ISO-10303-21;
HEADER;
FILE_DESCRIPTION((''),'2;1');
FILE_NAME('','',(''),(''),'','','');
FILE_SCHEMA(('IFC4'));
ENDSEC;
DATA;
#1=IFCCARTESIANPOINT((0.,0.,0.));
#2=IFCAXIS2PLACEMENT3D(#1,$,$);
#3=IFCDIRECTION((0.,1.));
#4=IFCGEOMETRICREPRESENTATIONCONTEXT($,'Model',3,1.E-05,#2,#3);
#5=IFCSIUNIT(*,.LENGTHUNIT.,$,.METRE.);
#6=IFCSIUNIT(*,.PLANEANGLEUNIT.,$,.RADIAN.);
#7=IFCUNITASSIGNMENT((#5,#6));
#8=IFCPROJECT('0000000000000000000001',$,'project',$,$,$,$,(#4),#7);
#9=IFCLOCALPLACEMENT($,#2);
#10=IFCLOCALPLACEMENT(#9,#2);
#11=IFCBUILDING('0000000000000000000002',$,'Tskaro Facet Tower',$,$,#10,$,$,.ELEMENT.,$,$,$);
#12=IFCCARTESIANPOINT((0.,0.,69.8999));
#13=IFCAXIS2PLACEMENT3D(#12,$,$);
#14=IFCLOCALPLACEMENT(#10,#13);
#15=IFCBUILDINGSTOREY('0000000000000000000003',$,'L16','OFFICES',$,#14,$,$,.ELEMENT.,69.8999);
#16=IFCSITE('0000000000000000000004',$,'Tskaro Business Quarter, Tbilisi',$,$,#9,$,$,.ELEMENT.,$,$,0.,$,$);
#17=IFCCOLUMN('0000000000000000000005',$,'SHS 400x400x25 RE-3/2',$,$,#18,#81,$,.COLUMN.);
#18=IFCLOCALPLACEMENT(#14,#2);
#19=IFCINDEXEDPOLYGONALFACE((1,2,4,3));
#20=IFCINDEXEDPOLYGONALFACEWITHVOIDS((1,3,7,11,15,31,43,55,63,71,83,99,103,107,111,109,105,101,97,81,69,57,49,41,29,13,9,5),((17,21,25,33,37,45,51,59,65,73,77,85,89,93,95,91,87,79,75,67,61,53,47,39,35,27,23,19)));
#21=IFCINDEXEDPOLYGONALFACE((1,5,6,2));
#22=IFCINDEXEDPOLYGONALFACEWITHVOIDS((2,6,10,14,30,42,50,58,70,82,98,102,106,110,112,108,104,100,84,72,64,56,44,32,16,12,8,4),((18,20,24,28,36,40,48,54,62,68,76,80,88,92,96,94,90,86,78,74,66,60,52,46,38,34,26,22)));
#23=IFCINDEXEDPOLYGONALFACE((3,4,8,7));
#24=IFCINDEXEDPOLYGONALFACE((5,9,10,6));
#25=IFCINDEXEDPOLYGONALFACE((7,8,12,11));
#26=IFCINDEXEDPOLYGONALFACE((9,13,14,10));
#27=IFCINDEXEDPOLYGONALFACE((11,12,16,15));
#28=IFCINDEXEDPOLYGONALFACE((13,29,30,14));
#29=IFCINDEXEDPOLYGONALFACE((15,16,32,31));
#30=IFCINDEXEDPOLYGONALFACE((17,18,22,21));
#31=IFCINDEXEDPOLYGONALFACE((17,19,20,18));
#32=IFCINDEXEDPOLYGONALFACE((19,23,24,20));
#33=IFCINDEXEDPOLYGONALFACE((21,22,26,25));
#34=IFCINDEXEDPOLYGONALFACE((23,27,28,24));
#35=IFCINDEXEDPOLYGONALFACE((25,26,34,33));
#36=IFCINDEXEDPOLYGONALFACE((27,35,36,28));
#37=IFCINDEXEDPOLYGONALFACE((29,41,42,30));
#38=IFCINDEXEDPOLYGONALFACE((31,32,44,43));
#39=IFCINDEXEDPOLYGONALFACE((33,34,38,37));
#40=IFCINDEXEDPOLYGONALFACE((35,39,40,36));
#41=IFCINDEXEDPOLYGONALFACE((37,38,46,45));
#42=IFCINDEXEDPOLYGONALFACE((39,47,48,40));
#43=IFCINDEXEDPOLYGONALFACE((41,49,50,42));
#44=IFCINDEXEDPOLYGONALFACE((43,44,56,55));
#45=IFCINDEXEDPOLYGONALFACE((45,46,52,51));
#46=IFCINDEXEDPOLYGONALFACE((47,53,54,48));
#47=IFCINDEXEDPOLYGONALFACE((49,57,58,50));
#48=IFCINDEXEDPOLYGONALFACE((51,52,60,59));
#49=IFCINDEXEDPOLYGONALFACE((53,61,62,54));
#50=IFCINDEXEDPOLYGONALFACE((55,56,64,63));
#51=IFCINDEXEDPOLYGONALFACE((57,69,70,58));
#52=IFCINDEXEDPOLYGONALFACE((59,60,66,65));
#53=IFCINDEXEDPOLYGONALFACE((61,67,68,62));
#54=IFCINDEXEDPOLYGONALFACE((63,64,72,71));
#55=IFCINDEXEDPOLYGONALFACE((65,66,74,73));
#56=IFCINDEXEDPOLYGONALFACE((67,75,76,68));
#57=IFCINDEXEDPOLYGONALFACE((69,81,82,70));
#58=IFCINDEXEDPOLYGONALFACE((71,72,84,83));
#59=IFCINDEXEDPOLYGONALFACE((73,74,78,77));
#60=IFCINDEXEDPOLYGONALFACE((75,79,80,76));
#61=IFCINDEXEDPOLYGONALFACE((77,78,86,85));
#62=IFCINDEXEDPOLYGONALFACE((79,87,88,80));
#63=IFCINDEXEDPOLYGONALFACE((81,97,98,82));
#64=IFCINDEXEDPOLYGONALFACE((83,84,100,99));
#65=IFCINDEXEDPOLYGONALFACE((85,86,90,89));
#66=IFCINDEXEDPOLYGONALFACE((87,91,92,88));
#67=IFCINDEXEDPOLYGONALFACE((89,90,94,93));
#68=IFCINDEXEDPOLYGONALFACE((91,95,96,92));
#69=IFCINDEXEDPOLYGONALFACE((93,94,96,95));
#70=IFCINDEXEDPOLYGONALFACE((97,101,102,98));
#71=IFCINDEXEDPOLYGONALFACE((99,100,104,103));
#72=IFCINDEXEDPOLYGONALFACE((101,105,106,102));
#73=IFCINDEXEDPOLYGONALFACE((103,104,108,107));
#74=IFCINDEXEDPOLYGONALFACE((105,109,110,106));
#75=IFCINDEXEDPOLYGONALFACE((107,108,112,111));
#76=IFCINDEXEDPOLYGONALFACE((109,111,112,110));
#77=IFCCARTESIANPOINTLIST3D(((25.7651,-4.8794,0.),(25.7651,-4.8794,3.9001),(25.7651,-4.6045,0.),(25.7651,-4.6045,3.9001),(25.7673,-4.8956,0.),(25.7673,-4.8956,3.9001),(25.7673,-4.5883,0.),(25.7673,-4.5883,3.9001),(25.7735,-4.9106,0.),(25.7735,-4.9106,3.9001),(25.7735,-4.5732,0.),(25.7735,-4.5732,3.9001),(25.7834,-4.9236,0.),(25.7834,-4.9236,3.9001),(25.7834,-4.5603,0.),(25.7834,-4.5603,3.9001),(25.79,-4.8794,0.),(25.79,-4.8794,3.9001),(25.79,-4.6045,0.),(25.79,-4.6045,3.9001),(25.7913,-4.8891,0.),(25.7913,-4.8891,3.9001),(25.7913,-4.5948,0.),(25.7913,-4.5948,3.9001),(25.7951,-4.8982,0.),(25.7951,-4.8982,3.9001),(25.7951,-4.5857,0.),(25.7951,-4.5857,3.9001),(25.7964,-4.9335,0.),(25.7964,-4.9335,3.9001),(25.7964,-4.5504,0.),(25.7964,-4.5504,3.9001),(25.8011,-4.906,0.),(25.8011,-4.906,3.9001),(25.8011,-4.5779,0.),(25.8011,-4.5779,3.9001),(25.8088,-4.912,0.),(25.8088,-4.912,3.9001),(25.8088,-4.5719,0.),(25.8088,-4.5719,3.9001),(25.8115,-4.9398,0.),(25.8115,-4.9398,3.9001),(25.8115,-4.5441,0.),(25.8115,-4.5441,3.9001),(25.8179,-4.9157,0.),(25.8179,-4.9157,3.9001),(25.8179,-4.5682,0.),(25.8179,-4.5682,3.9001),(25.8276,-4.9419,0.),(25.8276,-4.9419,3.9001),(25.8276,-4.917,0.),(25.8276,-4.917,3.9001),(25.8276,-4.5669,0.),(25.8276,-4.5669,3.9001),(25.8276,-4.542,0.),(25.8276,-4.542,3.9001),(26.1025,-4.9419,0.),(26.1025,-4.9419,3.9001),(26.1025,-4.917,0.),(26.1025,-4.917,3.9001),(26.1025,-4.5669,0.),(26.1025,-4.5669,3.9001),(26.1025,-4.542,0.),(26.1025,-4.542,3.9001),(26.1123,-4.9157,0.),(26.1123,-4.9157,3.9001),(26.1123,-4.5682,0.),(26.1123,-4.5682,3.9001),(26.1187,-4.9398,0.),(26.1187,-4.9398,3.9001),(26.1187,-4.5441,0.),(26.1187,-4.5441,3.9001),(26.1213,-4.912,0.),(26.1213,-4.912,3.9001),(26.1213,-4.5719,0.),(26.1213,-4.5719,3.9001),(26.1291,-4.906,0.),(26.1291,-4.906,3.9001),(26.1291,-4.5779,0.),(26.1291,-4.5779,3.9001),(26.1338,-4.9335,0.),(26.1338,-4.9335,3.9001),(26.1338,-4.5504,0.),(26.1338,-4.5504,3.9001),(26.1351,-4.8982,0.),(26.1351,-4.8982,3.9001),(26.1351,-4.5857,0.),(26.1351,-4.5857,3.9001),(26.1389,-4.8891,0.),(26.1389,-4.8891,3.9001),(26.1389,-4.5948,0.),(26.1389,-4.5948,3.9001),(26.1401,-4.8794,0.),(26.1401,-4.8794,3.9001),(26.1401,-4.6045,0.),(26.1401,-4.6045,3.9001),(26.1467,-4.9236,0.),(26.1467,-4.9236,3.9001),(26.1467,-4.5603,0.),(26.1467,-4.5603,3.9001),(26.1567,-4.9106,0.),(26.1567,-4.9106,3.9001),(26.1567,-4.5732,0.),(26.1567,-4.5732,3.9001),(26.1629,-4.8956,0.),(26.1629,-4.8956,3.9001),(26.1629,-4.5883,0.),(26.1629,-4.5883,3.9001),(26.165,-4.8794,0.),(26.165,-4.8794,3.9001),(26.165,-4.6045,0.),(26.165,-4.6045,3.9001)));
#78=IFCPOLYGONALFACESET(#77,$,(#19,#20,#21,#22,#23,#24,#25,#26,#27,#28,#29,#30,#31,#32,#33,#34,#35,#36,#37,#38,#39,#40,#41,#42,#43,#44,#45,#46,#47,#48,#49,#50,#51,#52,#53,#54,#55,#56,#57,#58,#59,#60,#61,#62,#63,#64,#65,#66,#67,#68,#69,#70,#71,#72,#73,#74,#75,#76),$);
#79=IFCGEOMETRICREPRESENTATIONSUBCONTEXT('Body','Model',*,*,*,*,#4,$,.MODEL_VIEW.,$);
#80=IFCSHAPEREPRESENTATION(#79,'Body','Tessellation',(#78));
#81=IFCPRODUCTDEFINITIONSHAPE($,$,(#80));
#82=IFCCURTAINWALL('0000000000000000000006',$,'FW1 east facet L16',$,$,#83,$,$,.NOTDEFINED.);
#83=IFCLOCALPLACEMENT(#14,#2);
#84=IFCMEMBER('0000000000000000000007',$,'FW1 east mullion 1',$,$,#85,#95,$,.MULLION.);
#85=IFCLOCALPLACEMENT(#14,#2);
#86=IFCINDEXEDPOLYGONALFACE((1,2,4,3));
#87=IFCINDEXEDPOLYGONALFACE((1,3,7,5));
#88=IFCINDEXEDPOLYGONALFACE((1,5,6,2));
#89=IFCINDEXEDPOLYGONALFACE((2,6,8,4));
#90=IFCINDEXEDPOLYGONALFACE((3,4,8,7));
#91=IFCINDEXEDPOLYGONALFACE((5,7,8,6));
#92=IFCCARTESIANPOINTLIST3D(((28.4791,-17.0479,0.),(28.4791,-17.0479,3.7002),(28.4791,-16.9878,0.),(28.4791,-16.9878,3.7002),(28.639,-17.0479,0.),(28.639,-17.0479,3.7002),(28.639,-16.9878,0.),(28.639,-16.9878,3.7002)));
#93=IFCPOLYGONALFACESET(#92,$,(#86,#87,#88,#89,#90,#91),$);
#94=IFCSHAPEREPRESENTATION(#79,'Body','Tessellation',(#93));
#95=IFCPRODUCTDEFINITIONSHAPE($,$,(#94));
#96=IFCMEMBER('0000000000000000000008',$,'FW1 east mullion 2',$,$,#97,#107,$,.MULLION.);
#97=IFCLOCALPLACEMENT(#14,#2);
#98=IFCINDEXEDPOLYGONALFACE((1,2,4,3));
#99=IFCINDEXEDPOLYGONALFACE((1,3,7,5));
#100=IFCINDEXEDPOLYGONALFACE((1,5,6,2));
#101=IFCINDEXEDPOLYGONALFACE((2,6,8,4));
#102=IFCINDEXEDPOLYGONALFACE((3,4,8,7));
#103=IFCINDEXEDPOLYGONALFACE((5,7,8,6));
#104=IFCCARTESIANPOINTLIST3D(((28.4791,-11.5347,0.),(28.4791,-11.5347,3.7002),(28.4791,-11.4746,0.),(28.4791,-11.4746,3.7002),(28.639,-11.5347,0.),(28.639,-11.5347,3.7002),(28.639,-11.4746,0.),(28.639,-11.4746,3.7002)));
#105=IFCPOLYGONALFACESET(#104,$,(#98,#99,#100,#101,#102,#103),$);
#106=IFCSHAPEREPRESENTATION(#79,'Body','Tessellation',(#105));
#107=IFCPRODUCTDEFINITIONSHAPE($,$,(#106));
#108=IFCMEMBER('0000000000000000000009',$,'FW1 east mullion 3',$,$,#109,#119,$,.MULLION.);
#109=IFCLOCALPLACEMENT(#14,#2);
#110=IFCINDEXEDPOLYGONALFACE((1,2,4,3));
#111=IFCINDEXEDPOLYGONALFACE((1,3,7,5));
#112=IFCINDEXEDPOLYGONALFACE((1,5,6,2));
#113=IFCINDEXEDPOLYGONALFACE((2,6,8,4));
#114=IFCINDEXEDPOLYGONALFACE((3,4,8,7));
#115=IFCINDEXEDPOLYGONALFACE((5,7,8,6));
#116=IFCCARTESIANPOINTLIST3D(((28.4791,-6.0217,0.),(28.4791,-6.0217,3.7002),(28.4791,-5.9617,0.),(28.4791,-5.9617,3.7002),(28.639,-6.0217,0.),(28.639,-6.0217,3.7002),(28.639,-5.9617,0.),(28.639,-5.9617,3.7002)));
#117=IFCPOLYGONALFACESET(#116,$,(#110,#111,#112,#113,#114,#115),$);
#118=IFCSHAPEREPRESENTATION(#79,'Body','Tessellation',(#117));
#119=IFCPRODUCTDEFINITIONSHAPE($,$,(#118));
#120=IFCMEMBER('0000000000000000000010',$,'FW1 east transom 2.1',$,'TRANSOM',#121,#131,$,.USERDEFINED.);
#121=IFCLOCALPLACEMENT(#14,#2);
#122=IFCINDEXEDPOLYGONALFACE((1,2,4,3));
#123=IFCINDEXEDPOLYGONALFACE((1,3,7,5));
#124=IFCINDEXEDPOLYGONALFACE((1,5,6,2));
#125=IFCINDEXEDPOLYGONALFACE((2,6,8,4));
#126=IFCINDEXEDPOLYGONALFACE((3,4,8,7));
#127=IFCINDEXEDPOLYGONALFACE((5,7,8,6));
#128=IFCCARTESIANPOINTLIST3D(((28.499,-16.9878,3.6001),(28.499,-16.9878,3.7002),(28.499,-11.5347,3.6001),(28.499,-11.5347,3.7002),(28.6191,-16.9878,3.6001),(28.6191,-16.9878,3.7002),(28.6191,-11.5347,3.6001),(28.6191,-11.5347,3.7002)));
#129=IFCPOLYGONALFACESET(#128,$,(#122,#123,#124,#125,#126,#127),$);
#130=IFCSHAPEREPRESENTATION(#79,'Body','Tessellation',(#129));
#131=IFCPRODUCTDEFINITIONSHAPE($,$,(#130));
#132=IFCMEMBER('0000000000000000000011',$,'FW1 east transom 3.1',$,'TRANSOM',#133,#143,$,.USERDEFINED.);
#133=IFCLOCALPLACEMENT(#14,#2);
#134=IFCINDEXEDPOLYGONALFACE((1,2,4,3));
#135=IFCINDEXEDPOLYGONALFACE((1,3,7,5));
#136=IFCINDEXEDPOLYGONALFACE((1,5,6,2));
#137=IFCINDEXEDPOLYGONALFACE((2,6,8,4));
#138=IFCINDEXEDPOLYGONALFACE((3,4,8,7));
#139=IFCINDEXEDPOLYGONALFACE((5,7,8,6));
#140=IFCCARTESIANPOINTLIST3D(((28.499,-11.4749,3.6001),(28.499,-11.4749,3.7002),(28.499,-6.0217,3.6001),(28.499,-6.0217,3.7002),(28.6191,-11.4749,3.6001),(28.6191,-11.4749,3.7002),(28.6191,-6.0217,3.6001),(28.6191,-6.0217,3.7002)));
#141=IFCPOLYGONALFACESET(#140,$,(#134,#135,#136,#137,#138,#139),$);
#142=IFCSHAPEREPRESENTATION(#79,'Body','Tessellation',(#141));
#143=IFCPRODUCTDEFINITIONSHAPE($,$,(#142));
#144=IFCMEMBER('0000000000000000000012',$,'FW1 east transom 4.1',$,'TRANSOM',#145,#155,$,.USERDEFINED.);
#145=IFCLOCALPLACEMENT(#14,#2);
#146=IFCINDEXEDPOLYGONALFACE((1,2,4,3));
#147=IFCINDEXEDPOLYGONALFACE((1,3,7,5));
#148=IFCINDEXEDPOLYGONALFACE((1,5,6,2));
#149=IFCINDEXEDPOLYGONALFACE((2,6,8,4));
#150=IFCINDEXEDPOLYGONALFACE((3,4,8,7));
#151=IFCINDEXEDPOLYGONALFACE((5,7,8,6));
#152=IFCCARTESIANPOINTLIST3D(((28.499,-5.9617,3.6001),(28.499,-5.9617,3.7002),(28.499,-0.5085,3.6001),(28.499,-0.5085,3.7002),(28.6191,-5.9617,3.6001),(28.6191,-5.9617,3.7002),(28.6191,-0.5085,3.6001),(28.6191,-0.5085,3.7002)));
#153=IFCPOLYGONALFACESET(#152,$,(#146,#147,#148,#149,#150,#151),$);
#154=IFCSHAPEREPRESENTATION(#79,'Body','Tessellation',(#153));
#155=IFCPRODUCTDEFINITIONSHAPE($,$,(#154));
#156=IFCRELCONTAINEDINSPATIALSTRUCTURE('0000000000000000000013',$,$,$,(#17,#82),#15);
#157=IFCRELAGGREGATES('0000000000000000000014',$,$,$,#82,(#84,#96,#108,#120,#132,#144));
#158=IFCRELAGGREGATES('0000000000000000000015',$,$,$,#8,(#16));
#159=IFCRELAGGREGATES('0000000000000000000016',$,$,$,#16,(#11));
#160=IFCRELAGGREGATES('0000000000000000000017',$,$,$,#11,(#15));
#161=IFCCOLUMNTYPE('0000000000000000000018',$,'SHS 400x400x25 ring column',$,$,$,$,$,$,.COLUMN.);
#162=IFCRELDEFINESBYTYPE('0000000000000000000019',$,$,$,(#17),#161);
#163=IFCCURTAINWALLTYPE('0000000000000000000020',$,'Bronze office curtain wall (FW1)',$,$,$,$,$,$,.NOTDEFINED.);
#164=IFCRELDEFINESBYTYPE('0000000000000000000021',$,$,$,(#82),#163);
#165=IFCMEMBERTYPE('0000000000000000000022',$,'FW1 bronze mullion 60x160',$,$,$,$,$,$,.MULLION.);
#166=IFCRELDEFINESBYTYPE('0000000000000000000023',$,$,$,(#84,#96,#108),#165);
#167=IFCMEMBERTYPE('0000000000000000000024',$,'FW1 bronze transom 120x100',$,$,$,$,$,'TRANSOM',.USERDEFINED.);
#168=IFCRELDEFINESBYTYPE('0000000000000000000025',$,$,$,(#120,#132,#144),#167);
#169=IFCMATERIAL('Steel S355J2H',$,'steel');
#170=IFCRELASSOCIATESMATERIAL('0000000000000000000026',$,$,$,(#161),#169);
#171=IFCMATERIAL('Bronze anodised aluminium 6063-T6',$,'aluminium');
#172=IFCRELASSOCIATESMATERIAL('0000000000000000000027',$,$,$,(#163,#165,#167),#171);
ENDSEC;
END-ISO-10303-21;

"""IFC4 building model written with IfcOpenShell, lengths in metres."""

from ifc_helpers import new_model, si_unit, direction, frame, origin, origin_2d, place, context, subcontext, project, spatial, rectangle, hollow_rectangle, extrude, material, material_profile, profile_set, type_object, element, aggregate, save


model = new_model("IFC4")

# Units and contexts
model_context = context("Model", 3, precision=1e-05, world=origin(), true_north=direction((0.0, 1.0)))
body_context = subcontext(model_context, "Body", "Model", "MODEL_VIEW")
ifc_project = project(units=[si_unit("LENGTHUNIT", "METRE"), si_unit("PLANEANGLEUNIT", "RADIAN")], contexts=[model_context])

# Site, building, storey
site_placement = place(None, origin())
site = spatial("IfcSite", under=ifc_project, at=site_placement, Name="Tskaro Business Quarter, Tbilisi", CompositionType="ELEMENT", RefElevation=0.0)
building_placement = place(site_placement, origin())
building = spatial("IfcBuilding", under=site, at=building_placement, Name="Tskaro Facet Tower", CompositionType="ELEMENT")
storey_placement = place(building_placement, frame((0.0, 0.0, 69.8999)))
storey = spatial("IfcBuildingStorey", under=building, at=storey_placement, Name="L16", Description="OFFICES", CompositionType="ELEMENT", Elevation=69.8999)

# Column
ifc_material_1 = material(Name="Steel S355J2H", Category="steel")
ifc_material_profile_1 = material_profile(ifc_material_1, hollow_rectangle(XDim=0.3999, YDim=0.3999, WallThickness=0.0249, InnerFilletRadius=0.0376, OuterFilletRadius=0.0625, at=origin_2d()), Name="SHS 400x400x25")
ifc_profile_set_1 = profile_set([ifc_material_profile_1], Name="Steel S355J2H")
column_type_1 = type_object("IfcColumnType", Name="SHS 400x400x25 ring column", PredefinedType="COLUMN", material=ifc_profile_set_1)
for number, where, z_axis, x_axis, name in (
    (1, (25.9651, -4.7419, 0.0), (0.0, 0.0, 1.0), (1.0, 0.0, 0.0), "SHS 400x400x25 RE-3/2"),
):
    element("IfcColumn", number, at=place(storey_placement, frame(where, z_axis=z_axis, x_axis=x_axis)), inside=storey, type_object=column_type_1, Name=name, PredefinedType="COLUMN", context=body_context, shape_type="SweptSolid", body=[
        extrude(hollow_rectangle(XDim=0.3999, YDim=0.3999, WallThickness=0.0249, InnerFilletRadius=0.0376, OuterFilletRadius=0.0625, at=origin_2d()), origin(), (0.0, 0.0, 1.0), 3.9001),
    ])

# Curtain wall, members
ifc_material_2 = material(Name="Bronze anodised aluminium 6063-T6", Category="aluminium")
curtain_wall_type = type_object("IfcCurtainWallType", Name="Bronze office curtain wall (FW1)", PredefinedType="NOTDEFINED", material=ifc_material_2)
curtain_wall_placement = place(storey_placement, origin())
curtain_wall = element("IfcCurtainWall", 2, at=curtain_wall_placement, inside=storey, type_object=curtain_wall_type, Name="FW1 east facet L16", PredefinedType="NOTDEFINED")
ifc_material_profile_2 = material_profile(ifc_material_2, rectangle(XDim=0.0601, YDim=0.1599, at=origin_2d()), Name="Mullion 60x160")
ifc_profile_set_2 = profile_set([ifc_material_profile_2], Name="Bronze anodised aluminium 6063-T6")
member_type_1 = type_object("IfcMemberType", Name="FW1 bronze mullion 60x160", PredefinedType="MULLION", material=ifc_profile_set_2)
member_1_placement = place(storey_placement, frame((28.5591, -17.0178, 0.0), z_axis=(0.0, 0.0, 1.0), x_axis=(0.0, 1.0, 0.0)))
member_1 = element("IfcMember", 3, at=member_1_placement, type_object=member_type_1, Name="FW1 east mullion 1", PredefinedType="MULLION", context=body_context, shape_type="SweptSolid", body=[
    extrude(rectangle(XDim=0.0601, YDim=0.1599, at=origin_2d()), origin(), (0.0, 0.0, 1.0), 3.7002),
])
member_2_placement = place(storey_placement, frame((28.5591, -11.5046, 0.0), z_axis=(0.0, 0.0, 1.0), x_axis=(0.0, 1.0, 0.0)))
member_2 = element("IfcMember", 4, at=member_2_placement, type_object=member_type_1, Name="FW1 east mullion 2", PredefinedType="MULLION", context=body_context, shape_type="SweptSolid", body=[
    extrude(rectangle(XDim=0.0601, YDim=0.1599, at=origin_2d()), origin(), (0.0, 0.0, 1.0), 3.7002),
])
member_3_placement = place(storey_placement, frame((28.5591, -5.9917, 0.0), z_axis=(0.0, 0.0, 1.0), x_axis=(0.0, 1.0, 0.0)))
member_3 = element("IfcMember", 5, at=member_3_placement, type_object=member_type_1, Name="FW1 east mullion 3", PredefinedType="MULLION", context=body_context, shape_type="SweptSolid", body=[
    extrude(rectangle(XDim=0.0601, YDim=0.1599, at=origin_2d()), origin(), (0.0, 0.0, 1.0), 3.7002),
])
ifc_material_profile_3 = material_profile(ifc_material_2, rectangle(XDim=0.1201, YDim=0.1001, at=origin_2d()), Name="Transom 120x100")
ifc_profile_set_3 = profile_set([ifc_material_profile_3], Name="Bronze anodised aluminium 6063-T6")
member_type_2 = type_object("IfcMemberType", Name="FW1 bronze transom 120x100", ElementType="TRANSOM", PredefinedType="USERDEFINED", material=ifc_profile_set_3)
member_4_placement = place(storey_placement, frame((28.5591, -16.9878, 3.6501), z_axis=(0.0, 1.0, 0.0), x_axis=(-1.0, 0.0, 0.0)))
member_4 = element("IfcMember", 6, at=member_4_placement, type_object=member_type_2, Name="FW1 east transom 2.1", ObjectType="TRANSOM", PredefinedType="USERDEFINED", context=body_context, shape_type="SweptSolid", body=[
    extrude(rectangle(XDim=0.1201, YDim=0.1001, at=origin_2d()), origin(), (0.0, 0.0, 1.0), 5.4531),
])
member_5_placement = place(storey_placement, frame((28.5591, -11.4749, 3.6501), z_axis=(0.0, 1.0, 0.0), x_axis=(-1.0, 0.0, 0.0)))
member_5 = element("IfcMember", 7, at=member_5_placement, type_object=member_type_2, Name="FW1 east transom 3.1", ObjectType="TRANSOM", PredefinedType="USERDEFINED", context=body_context, shape_type="SweptSolid", body=[
    extrude(rectangle(XDim=0.1201, YDim=0.1001, at=origin_2d()), origin(), (0.0, 0.0, 1.0), 5.4531),
])
member_6_placement = place(storey_placement, frame((28.5591, -5.9617, 3.6501), z_axis=(0.0, 1.0, 0.0), x_axis=(-1.0, 0.0, 0.0)))
member_6 = element("IfcMember", 8, at=member_6_placement, type_object=member_type_2, Name="FW1 east transom 4.1", ObjectType="TRANSOM", PredefinedType="USERDEFINED", context=body_context, shape_type="SweptSolid", body=[
    extrude(rectangle(XDim=0.1201, YDim=0.1001, at=origin_2d()), origin(), (0.0, 0.0, 1.0), 5.4531),
])

aggregate(curtain_wall, [member_1, member_2, member_3, member_4, member_5, member_6])

save(model, "model.ifc")
